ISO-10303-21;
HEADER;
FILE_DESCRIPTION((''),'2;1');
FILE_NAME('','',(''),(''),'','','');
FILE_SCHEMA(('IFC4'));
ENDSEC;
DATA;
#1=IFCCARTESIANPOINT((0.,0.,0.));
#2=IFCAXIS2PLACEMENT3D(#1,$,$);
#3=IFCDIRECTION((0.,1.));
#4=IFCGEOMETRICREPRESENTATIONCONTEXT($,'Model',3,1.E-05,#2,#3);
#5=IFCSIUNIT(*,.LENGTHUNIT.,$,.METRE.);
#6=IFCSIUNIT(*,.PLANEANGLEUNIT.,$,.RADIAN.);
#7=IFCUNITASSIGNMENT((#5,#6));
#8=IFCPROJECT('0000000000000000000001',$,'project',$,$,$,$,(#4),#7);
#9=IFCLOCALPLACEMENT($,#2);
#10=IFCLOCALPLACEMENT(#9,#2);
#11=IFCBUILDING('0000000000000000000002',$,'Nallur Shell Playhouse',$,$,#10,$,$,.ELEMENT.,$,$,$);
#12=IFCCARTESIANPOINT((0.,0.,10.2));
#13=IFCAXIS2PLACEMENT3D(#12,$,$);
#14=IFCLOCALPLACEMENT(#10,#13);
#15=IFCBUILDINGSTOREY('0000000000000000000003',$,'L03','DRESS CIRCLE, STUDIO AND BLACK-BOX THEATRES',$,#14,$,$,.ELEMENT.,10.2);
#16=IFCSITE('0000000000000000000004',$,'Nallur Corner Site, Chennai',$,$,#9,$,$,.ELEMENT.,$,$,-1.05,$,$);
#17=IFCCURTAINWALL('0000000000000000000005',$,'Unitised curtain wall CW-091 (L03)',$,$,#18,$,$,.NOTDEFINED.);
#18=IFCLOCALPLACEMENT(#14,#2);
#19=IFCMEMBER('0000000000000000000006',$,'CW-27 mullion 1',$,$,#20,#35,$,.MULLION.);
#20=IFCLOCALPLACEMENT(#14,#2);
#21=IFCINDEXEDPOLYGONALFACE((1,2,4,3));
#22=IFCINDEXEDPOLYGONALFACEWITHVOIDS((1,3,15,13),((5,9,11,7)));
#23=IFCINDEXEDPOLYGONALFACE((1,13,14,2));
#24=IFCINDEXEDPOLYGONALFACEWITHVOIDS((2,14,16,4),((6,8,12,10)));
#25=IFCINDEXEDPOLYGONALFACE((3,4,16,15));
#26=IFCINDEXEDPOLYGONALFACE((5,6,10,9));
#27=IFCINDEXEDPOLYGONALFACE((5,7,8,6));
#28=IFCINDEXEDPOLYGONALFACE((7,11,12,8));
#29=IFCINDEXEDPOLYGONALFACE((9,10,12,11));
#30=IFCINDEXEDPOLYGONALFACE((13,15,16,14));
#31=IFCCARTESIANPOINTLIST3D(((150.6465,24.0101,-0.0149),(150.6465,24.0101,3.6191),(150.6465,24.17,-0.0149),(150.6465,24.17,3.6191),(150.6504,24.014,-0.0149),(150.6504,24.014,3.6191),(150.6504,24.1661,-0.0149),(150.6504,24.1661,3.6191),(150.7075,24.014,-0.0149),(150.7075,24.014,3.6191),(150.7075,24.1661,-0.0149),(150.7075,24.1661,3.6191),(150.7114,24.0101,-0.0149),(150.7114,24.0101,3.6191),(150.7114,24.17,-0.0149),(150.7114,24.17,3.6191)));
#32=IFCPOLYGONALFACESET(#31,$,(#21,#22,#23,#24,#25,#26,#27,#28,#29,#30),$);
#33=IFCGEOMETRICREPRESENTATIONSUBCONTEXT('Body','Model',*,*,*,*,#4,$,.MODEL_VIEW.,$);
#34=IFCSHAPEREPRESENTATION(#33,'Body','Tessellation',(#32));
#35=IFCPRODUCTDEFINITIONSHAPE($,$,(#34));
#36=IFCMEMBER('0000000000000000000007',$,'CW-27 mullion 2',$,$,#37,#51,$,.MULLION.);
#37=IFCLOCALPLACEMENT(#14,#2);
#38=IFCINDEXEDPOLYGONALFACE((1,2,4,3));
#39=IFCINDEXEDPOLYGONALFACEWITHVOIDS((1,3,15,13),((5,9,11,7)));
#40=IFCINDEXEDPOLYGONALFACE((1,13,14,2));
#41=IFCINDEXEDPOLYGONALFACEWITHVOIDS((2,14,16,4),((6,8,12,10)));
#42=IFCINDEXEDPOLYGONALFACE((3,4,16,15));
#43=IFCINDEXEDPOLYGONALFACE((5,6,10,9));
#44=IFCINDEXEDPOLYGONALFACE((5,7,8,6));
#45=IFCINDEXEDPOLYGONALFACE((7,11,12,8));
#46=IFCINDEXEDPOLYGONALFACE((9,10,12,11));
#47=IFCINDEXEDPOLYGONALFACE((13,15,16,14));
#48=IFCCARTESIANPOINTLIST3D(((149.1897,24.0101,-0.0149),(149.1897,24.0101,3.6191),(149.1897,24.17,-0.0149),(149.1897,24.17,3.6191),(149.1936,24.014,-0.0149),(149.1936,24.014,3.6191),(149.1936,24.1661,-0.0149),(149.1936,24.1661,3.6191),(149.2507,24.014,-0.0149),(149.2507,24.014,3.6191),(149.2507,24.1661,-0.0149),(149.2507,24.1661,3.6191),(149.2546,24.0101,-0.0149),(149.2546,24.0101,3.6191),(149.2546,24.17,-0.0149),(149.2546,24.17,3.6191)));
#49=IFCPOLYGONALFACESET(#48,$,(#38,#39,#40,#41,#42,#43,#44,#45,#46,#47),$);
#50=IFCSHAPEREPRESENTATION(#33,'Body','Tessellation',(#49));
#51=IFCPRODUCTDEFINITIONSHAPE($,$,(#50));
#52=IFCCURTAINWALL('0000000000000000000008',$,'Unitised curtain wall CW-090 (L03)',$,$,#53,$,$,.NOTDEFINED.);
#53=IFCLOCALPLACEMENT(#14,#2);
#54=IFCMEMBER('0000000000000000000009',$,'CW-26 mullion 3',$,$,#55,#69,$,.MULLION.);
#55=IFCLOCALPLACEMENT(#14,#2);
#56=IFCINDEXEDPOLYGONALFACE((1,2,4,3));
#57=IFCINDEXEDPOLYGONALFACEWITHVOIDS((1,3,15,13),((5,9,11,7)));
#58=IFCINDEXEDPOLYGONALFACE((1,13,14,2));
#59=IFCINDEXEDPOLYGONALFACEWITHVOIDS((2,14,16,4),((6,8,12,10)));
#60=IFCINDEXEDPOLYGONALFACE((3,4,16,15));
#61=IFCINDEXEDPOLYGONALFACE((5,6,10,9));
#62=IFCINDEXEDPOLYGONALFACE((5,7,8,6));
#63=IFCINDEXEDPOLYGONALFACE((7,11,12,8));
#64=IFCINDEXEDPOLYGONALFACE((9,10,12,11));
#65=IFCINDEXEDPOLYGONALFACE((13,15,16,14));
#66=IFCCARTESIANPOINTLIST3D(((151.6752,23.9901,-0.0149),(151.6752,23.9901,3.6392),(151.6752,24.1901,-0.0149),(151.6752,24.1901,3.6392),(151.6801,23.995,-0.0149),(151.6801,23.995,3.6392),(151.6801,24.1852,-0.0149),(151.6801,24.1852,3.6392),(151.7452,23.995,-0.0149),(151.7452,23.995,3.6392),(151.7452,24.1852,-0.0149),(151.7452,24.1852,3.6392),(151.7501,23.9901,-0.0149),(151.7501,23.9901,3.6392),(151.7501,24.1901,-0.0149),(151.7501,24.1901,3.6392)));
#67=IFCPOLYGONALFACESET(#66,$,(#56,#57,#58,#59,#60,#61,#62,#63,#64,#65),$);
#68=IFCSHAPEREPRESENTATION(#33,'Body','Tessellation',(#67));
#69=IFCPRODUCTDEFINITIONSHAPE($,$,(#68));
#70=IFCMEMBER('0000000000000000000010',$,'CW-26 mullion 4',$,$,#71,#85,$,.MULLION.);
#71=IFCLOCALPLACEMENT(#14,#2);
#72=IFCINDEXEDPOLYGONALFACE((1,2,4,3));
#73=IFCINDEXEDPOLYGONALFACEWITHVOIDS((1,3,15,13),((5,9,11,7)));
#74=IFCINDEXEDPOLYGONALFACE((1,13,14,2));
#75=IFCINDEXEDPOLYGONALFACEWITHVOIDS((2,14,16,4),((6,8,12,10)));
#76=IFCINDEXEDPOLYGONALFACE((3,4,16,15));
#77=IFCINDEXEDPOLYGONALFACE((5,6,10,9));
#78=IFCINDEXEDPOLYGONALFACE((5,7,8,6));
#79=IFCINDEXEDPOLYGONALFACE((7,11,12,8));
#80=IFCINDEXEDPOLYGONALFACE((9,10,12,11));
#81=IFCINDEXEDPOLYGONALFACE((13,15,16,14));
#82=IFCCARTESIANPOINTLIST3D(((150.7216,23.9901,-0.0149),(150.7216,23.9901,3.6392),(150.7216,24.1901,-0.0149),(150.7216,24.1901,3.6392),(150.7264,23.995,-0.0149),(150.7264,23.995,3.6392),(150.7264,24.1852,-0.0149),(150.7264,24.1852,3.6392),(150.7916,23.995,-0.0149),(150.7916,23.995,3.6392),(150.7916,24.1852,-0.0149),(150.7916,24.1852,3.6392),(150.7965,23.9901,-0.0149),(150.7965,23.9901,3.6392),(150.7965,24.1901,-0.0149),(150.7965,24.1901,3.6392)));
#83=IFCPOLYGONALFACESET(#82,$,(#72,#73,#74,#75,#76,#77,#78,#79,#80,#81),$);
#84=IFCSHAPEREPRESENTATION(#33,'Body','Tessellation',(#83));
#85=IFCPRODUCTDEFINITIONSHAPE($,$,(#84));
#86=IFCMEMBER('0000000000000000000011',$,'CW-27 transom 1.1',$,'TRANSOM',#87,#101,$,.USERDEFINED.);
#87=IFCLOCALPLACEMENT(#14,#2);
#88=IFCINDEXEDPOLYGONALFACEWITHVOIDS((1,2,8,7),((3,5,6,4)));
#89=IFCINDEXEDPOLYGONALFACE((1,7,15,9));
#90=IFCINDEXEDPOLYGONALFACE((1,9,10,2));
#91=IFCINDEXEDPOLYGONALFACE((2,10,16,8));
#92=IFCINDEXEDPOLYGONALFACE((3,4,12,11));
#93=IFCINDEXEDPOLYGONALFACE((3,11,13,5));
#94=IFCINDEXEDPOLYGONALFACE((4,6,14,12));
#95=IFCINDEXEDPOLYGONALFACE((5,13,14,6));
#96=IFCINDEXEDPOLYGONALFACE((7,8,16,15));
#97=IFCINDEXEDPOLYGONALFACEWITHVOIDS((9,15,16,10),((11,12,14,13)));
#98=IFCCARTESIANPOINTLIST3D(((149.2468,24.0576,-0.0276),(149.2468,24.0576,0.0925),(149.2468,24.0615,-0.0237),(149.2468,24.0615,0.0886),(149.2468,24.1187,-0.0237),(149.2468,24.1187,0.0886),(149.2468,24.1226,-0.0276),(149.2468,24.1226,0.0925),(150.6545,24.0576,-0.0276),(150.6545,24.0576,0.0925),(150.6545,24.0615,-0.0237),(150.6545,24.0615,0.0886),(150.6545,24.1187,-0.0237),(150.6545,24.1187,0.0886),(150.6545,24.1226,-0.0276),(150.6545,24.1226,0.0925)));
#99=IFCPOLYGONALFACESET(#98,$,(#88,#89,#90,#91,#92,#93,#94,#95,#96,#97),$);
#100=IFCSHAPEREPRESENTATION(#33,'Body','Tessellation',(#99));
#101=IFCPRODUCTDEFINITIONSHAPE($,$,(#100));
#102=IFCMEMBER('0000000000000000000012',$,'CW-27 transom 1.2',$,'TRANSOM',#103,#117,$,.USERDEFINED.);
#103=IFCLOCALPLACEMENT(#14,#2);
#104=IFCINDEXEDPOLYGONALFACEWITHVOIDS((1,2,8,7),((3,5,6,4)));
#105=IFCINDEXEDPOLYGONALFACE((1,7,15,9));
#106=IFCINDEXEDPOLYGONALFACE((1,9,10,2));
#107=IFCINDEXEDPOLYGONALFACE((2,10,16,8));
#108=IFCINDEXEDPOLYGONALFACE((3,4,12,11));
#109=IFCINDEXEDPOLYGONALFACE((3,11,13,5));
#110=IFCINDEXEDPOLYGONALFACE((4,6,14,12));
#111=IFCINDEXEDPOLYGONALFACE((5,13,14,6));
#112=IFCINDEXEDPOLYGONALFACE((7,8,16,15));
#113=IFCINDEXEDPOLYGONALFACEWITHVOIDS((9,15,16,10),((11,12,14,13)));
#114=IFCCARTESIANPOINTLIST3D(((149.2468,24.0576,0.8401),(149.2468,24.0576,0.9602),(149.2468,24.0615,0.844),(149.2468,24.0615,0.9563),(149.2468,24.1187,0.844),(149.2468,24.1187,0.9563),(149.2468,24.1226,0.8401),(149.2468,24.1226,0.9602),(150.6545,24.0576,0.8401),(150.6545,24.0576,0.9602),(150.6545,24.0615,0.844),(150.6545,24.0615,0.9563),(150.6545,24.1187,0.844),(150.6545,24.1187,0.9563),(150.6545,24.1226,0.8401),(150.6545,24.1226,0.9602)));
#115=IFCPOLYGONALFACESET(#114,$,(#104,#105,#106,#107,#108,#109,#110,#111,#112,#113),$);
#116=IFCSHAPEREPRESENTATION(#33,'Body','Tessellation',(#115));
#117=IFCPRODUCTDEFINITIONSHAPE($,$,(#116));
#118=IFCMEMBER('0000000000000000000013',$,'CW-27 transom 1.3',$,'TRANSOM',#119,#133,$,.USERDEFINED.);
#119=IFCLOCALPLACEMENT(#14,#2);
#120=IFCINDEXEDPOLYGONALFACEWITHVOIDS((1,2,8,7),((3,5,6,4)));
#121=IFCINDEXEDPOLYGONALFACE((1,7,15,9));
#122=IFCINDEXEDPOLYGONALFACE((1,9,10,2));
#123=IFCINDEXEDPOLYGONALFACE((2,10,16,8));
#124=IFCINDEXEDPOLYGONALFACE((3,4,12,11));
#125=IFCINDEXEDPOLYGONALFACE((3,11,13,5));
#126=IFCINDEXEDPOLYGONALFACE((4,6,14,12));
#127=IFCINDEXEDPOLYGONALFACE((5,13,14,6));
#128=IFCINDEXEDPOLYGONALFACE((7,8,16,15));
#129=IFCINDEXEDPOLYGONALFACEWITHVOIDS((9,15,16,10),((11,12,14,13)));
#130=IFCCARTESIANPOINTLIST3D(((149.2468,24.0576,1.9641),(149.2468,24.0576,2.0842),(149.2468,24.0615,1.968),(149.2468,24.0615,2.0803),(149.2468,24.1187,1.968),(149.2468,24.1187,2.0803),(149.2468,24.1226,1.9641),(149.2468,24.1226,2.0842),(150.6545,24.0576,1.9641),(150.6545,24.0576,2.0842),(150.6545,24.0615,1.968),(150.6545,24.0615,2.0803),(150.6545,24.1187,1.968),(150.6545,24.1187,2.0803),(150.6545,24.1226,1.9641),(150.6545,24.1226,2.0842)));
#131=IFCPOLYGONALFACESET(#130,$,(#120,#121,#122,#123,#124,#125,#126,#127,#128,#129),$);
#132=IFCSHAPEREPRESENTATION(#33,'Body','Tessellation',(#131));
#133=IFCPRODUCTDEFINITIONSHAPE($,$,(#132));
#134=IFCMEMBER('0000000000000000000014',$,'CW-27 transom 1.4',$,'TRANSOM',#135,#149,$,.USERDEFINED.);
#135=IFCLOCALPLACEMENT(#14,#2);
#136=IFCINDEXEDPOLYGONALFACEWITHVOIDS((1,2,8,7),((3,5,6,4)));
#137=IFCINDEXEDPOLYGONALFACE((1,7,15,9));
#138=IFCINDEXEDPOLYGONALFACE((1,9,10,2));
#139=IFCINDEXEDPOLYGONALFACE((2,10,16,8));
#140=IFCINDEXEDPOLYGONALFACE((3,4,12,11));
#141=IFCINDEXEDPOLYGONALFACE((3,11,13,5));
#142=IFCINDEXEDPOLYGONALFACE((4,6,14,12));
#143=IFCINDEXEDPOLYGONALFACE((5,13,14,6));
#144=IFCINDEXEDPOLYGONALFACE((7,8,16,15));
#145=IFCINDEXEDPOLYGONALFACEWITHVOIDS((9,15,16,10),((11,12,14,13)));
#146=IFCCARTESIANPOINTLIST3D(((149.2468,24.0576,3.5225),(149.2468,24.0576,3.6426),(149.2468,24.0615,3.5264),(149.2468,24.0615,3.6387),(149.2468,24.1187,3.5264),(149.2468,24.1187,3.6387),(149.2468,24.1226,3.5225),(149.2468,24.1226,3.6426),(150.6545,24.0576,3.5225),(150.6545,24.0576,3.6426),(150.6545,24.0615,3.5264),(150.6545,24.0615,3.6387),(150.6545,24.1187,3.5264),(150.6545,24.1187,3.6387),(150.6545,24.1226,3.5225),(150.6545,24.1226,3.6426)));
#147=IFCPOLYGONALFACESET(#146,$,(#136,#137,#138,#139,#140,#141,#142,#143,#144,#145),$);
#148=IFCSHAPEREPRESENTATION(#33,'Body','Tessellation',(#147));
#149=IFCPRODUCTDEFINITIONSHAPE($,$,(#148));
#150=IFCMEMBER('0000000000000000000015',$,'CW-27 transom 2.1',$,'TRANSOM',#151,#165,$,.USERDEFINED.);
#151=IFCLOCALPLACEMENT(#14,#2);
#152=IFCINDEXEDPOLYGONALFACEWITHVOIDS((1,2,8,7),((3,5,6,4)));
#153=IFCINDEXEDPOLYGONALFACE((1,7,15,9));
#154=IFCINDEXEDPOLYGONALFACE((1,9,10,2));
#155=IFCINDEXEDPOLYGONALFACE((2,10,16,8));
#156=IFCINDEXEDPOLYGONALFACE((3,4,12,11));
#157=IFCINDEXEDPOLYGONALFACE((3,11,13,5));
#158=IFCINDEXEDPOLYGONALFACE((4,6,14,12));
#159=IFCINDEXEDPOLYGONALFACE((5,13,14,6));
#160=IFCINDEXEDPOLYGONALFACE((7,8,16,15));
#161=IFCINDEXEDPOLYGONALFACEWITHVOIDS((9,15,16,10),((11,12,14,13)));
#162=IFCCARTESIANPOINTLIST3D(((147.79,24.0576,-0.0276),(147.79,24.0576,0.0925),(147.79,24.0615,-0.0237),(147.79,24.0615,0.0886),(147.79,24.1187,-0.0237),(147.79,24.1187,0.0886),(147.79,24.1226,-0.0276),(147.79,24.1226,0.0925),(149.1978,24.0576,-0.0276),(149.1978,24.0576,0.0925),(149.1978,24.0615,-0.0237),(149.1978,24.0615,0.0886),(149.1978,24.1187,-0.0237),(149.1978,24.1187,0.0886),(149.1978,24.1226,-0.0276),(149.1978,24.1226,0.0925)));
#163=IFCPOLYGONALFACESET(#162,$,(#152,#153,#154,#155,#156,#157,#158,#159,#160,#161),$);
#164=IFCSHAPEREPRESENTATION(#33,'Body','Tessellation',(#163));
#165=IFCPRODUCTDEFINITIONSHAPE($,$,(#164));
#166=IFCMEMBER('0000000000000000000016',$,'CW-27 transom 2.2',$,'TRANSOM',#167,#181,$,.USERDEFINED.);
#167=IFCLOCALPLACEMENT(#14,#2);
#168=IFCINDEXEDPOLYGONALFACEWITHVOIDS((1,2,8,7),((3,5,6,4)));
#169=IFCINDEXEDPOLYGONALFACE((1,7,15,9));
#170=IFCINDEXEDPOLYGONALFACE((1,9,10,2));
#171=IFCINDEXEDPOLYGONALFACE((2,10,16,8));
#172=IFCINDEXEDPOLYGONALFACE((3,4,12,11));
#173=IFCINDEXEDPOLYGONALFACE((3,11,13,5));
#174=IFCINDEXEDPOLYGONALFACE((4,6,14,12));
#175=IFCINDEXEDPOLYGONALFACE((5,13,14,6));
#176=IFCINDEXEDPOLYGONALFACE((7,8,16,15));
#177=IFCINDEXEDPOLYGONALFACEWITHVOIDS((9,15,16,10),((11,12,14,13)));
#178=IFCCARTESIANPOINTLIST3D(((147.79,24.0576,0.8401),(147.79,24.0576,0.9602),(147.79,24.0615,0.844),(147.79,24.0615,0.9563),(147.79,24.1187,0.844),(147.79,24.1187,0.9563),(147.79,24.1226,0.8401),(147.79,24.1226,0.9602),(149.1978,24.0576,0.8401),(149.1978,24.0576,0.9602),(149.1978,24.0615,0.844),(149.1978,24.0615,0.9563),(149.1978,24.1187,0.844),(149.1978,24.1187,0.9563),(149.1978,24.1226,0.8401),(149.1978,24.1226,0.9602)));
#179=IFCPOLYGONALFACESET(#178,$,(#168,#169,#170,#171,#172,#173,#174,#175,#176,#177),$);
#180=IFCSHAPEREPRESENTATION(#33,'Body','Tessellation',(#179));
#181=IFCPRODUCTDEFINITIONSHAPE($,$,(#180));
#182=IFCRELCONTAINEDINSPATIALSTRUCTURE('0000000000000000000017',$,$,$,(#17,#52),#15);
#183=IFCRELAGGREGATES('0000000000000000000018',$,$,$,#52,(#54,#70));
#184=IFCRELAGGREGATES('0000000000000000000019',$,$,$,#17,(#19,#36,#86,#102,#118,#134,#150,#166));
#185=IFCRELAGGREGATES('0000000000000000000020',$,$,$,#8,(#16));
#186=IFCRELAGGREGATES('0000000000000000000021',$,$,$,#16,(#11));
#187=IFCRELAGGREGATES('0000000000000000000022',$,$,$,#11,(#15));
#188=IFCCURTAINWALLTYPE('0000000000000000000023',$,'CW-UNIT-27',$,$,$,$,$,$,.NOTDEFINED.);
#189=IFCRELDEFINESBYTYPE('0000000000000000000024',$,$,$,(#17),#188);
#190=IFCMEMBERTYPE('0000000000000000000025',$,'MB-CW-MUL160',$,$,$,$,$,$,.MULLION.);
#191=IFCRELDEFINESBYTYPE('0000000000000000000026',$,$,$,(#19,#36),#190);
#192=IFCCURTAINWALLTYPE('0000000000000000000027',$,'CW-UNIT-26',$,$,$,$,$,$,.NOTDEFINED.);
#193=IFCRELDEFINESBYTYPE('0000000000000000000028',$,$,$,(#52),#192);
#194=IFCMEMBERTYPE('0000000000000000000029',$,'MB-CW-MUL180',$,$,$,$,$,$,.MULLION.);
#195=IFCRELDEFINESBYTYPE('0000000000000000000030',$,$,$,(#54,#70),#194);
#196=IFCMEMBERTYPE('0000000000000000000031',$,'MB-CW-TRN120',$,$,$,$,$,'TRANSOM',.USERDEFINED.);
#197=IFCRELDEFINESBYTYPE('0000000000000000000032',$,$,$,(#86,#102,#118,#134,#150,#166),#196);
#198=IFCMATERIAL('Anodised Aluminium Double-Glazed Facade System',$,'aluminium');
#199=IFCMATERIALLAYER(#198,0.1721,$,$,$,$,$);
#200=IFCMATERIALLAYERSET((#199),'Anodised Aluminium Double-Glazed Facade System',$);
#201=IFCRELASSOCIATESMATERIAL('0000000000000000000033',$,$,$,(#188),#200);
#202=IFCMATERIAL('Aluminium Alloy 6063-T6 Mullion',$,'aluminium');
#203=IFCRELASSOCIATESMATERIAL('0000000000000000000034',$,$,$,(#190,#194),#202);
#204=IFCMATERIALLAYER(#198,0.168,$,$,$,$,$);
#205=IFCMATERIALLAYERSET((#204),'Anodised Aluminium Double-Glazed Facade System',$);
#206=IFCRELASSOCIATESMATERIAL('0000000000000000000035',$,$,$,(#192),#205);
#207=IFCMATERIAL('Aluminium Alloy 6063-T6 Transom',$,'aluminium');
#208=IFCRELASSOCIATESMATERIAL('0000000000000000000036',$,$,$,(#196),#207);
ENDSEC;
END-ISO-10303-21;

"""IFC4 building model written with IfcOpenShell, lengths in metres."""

from ifc_helpers import new_model, si_unit, direction, frame, origin, origin_2d, place, context, subcontext, project, spatial, hollow_rectangle, extrude, material, layer, layer_set, material_profile, profile_set, type_object, element, aggregate, save


model = new_model("IFC4")

# Units and contexts
model_context = context("Model", 3, precision=1e-05, world=origin(), true_north=direction((0.0, 1.0)))
body_context = subcontext(model_context, "Body", "Model", "MODEL_VIEW")
ifc_project = project(units=[si_unit("LENGTHUNIT", "METRE"), si_unit("PLANEANGLEUNIT", "RADIAN")], contexts=[model_context])

# Site, building, storey
site_placement = place(None, origin())
site = spatial("IfcSite", under=ifc_project, at=site_placement, Name="Nallur Corner Site, Chennai", CompositionType="ELEMENT", RefElevation=-1.05)
building_placement = place(site_placement, origin())
building = spatial("IfcBuilding", under=site, at=building_placement, Name="Nallur Shell Playhouse", CompositionType="ELEMENT")
storey_placement = place(building_placement, frame((0.0, 0.0, 10.2)))
storey = spatial("IfcBuildingStorey", under=building, at=storey_placement, Name="L03", Description="DRESS CIRCLE, STUDIO AND BLACK-BOX THEATRES", CompositionType="ELEMENT", Elevation=10.2)

# Curtain walls, members
ifc_material_1 = material(Name="Anodised Aluminium Double-Glazed Facade System", Category="aluminium")
ifc_layer_1 = layer(ifc_material_1, 0.1721)
ifc_layer_set_1 = layer_set([ifc_layer_1], Name="Anodised Aluminium Double-Glazed Facade System")
curtain_wall_type_1 = type_object("IfcCurtainWallType", Name="CW-UNIT-27", PredefinedType="NOTDEFINED", material=ifc_layer_set_1)
curtain_wall_1_placement = place(storey_placement, origin())
curtain_wall_1 = element("IfcCurtainWall", 1, at=curtain_wall_1_placement, inside=storey, type_object=curtain_wall_type_1, Name="Unitised curtain wall CW-091 (L03)", PredefinedType="NOTDEFINED")
ifc_material_2 = material(Name="Aluminium Alloy 6063-T6 Mullion", Category="aluminium")
ifc_material_profile_1 = material_profile(ifc_material_2, hollow_rectangle(XDim=0.0649, YDim=0.1599, WallThickness=0.0039, at=origin_2d()), Name="ALU 65x160x4")
ifc_profile_set_1 = profile_set([ifc_material_profile_1], Name="Aluminium Alloy 6063-T6 Mullion")
member_type_1 = type_object("IfcMemberType", Name="MB-CW-MUL160", PredefinedType="MULLION", material=ifc_profile_set_1)
member_1_placement = place(storey_placement, frame((150.679, 24.0901, -0.0149), z_axis=(0.0, 0.0, 1.0), x_axis=(-1.0, 0.0, 0.0)))
member_1 = element("IfcMember", 2, at=member_1_placement, type_object=member_type_1, Name="CW-27 mullion 1", PredefinedType="MULLION", context=body_context, shape_type="SweptSolid", body=[
    extrude(hollow_rectangle(XDim=0.0649, YDim=0.1599, WallThickness=0.0039, at=origin_2d()), origin(), (0.0, 0.0, 1.0), 3.634),
])
member_2_placement = place(storey_placement, frame((149.2222, 24.0901, -0.0149), z_axis=(0.0, 0.0, 1.0), x_axis=(-1.0, 0.0, 0.0)))
member_2 = element("IfcMember", 3, at=member_2_placement, type_object=member_type_1, Name="CW-27 mullion 2", PredefinedType="MULLION", context=body_context, shape_type="SweptSolid", body=[
    extrude(hollow_rectangle(XDim=0.0649, YDim=0.1599, WallThickness=0.0039, at=origin_2d()), origin(), (0.0, 0.0, 1.0), 3.634),
])
ifc_layer_2 = layer(ifc_material_1, 0.168)
ifc_layer_set_2 = layer_set([ifc_layer_2], Name="Anodised Aluminium Double-Glazed Facade System")
curtain_wall_type_2 = type_object("IfcCurtainWallType", Name="CW-UNIT-26", PredefinedType="NOTDEFINED", material=ifc_layer_set_2)
curtain_wall_2_placement = place(storey_placement, origin())
curtain_wall_2 = element("IfcCurtainWall", 4, at=curtain_wall_2_placement, inside=storey, type_object=curtain_wall_type_2, Name="Unitised curtain wall CW-090 (L03)", PredefinedType="NOTDEFINED")
ifc_material_profile_2 = material_profile(ifc_material_2, hollow_rectangle(XDim=0.075, YDim=0.2, WallThickness=0.0049, at=origin_2d()), Name="ALU 75x200x5")
ifc_profile_set_2 = profile_set([ifc_material_profile_2], Name="Aluminium Alloy 6063-T6 Mullion")
member_type_2 = type_object("IfcMemberType", Name="MB-CW-MUL180", PredefinedType="MULLION", material=ifc_profile_set_2)
member_3_placement = place(storey_placement, frame((151.7126, 24.0901, -0.0149), z_axis=(0.0, 0.0, 1.0), x_axis=(-1.0, 0.0, 0.0)))
member_3 = element("IfcMember", 5, at=member_3_placement, type_object=member_type_2, Name="CW-26 mullion 3", PredefinedType="MULLION", context=body_context, shape_type="SweptSolid", body=[
    extrude(hollow_rectangle(XDim=0.075, YDim=0.2, WallThickness=0.0049, at=origin_2d()), origin(), (0.0, 0.0, 1.0), 3.6541),
])
member_4_placement = place(storey_placement, frame((150.759, 24.0901, -0.0149), z_axis=(0.0, 0.0, 1.0), x_axis=(-1.0, 0.0, 0.0)))
member_4 = element("IfcMember", 6, at=member_4_placement, type_object=member_type_2, Name="CW-26 mullion 4", PredefinedType="MULLION", context=body_context, shape_type="SweptSolid", body=[
    extrude(hollow_rectangle(XDim=0.075, YDim=0.2, WallThickness=0.0049, at=origin_2d()), origin(), (0.0, 0.0, 1.0), 3.6541),
])

# Members
ifc_material_3 = material(Name="Aluminium Alloy 6063-T6 Transom", Category="aluminium")
ifc_material_profile_3 = material_profile(ifc_material_3, hollow_rectangle(XDim=0.0649, YDim=0.1201, WallThickness=0.0039, at=origin_2d()), Name="ALU 65x120x4")
ifc_profile_set_3 = profile_set([ifc_material_profile_3], Name="Aluminium Alloy 6063-T6 Transom")
member_type_3 = type_object("IfcMemberType", Name="MB-CW-TRN120", ElementType="TRANSOM", PredefinedType="USERDEFINED", material=ifc_profile_set_3)
member_5_placement = place(storey_placement, frame((150.6545, 24.0901, 0.0325), z_axis=(-1.0, 0.0, 0.0), x_axis=(0.0, -1.0, 0.0)))
member_5 = element("IfcMember", 7, at=member_5_placement, type_object=member_type_3, Name="CW-27 transom 1.1", ObjectType="TRANSOM", PredefinedType="USERDEFINED", context=body_context, shape_type="SweptSolid", body=[
    extrude(hollow_rectangle(XDim=0.0649, YDim=0.1201, WallThickness=0.0039, at=origin_2d()), origin(), (0.0, 0.0, 1.0), 1.4077),
])
member_6_placement = place(storey_placement, frame((150.6545, 24.0901, 0.9001), z_axis=(-1.0, 0.0, 0.0), x_axis=(0.0, -1.0, 0.0)))
member_6 = element("IfcMember", 8, at=member_6_placement, type_object=member_type_3, Name="CW-27 transom 1.2", ObjectType="TRANSOM", PredefinedType="USERDEFINED", context=body_context, shape_type="SweptSolid", body=[
    extrude(hollow_rectangle(XDim=0.0649, YDim=0.1201, WallThickness=0.0039, at=origin_2d()), origin(), (0.0, 0.0, 1.0), 1.4077),
])
member_7_placement = place(storey_placement, frame((150.6545, 24.0901, 2.0242), z_axis=(-1.0, 0.0, 0.0), x_axis=(0.0, -1.0, 0.0)))
member_7 = element("IfcMember", 9, at=member_7_placement, type_object=member_type_3, Name="CW-27 transom 1.3", ObjectType="TRANSOM", PredefinedType="USERDEFINED", context=body_context, shape_type="SweptSolid", body=[
    extrude(hollow_rectangle(XDim=0.0649, YDim=0.1201, WallThickness=0.0039, at=origin_2d()), origin(), (0.0, 0.0, 1.0), 1.4077),
])
member_8_placement = place(storey_placement, frame((150.6545, 24.0901, 3.5825), z_axis=(-1.0, 0.0, 0.0), x_axis=(0.0, -1.0, 0.0)))
member_8 = element("IfcMember", 10, at=member_8_placement, type_object=member_type_3, Name="CW-27 transom 1.4", ObjectType="TRANSOM", PredefinedType="USERDEFINED", context=body_context, shape_type="SweptSolid", body=[
    extrude(hollow_rectangle(XDim=0.0649, YDim=0.1201, WallThickness=0.0039, at=origin_2d()), origin(), (0.0, 0.0, 1.0), 1.4077),
])
member_9_placement = place(storey_placement, frame((149.1978, 24.0901, 0.0325), z_axis=(-1.0, 0.0, 0.0), x_axis=(0.0, -1.0, 0.0)))
member_9 = element("IfcMember", 11, at=member_9_placement, type_object=member_type_3, Name="CW-27 transom 2.1", ObjectType="TRANSOM", PredefinedType="USERDEFINED", context=body_context, shape_type="SweptSolid", body=[
    extrude(hollow_rectangle(XDim=0.0649, YDim=0.1201, WallThickness=0.0039, at=origin_2d()), origin(), (0.0, 0.0, 1.0), 1.4077),
])
member_10_placement = place(storey_placement, frame((149.1978, 24.0901, 0.9001), z_axis=(-1.0, 0.0, 0.0), x_axis=(0.0, -1.0, 0.0)))
member_10 = element("IfcMember", 12, at=member_10_placement, type_object=member_type_3, Name="CW-27 transom 2.2", ObjectType="TRANSOM", PredefinedType="USERDEFINED", context=body_context, shape_type="SweptSolid", body=[
    extrude(hollow_rectangle(XDim=0.0649, YDim=0.1201, WallThickness=0.0039, at=origin_2d()), origin(), (0.0, 0.0, 1.0), 1.4077),
])

aggregate(curtain_wall_2, [member_3, member_4])
aggregate(curtain_wall_1, [member_1, member_2, member_5, member_6, member_7, member_8, member_9, member_10])

save(model, "model.ifc")
